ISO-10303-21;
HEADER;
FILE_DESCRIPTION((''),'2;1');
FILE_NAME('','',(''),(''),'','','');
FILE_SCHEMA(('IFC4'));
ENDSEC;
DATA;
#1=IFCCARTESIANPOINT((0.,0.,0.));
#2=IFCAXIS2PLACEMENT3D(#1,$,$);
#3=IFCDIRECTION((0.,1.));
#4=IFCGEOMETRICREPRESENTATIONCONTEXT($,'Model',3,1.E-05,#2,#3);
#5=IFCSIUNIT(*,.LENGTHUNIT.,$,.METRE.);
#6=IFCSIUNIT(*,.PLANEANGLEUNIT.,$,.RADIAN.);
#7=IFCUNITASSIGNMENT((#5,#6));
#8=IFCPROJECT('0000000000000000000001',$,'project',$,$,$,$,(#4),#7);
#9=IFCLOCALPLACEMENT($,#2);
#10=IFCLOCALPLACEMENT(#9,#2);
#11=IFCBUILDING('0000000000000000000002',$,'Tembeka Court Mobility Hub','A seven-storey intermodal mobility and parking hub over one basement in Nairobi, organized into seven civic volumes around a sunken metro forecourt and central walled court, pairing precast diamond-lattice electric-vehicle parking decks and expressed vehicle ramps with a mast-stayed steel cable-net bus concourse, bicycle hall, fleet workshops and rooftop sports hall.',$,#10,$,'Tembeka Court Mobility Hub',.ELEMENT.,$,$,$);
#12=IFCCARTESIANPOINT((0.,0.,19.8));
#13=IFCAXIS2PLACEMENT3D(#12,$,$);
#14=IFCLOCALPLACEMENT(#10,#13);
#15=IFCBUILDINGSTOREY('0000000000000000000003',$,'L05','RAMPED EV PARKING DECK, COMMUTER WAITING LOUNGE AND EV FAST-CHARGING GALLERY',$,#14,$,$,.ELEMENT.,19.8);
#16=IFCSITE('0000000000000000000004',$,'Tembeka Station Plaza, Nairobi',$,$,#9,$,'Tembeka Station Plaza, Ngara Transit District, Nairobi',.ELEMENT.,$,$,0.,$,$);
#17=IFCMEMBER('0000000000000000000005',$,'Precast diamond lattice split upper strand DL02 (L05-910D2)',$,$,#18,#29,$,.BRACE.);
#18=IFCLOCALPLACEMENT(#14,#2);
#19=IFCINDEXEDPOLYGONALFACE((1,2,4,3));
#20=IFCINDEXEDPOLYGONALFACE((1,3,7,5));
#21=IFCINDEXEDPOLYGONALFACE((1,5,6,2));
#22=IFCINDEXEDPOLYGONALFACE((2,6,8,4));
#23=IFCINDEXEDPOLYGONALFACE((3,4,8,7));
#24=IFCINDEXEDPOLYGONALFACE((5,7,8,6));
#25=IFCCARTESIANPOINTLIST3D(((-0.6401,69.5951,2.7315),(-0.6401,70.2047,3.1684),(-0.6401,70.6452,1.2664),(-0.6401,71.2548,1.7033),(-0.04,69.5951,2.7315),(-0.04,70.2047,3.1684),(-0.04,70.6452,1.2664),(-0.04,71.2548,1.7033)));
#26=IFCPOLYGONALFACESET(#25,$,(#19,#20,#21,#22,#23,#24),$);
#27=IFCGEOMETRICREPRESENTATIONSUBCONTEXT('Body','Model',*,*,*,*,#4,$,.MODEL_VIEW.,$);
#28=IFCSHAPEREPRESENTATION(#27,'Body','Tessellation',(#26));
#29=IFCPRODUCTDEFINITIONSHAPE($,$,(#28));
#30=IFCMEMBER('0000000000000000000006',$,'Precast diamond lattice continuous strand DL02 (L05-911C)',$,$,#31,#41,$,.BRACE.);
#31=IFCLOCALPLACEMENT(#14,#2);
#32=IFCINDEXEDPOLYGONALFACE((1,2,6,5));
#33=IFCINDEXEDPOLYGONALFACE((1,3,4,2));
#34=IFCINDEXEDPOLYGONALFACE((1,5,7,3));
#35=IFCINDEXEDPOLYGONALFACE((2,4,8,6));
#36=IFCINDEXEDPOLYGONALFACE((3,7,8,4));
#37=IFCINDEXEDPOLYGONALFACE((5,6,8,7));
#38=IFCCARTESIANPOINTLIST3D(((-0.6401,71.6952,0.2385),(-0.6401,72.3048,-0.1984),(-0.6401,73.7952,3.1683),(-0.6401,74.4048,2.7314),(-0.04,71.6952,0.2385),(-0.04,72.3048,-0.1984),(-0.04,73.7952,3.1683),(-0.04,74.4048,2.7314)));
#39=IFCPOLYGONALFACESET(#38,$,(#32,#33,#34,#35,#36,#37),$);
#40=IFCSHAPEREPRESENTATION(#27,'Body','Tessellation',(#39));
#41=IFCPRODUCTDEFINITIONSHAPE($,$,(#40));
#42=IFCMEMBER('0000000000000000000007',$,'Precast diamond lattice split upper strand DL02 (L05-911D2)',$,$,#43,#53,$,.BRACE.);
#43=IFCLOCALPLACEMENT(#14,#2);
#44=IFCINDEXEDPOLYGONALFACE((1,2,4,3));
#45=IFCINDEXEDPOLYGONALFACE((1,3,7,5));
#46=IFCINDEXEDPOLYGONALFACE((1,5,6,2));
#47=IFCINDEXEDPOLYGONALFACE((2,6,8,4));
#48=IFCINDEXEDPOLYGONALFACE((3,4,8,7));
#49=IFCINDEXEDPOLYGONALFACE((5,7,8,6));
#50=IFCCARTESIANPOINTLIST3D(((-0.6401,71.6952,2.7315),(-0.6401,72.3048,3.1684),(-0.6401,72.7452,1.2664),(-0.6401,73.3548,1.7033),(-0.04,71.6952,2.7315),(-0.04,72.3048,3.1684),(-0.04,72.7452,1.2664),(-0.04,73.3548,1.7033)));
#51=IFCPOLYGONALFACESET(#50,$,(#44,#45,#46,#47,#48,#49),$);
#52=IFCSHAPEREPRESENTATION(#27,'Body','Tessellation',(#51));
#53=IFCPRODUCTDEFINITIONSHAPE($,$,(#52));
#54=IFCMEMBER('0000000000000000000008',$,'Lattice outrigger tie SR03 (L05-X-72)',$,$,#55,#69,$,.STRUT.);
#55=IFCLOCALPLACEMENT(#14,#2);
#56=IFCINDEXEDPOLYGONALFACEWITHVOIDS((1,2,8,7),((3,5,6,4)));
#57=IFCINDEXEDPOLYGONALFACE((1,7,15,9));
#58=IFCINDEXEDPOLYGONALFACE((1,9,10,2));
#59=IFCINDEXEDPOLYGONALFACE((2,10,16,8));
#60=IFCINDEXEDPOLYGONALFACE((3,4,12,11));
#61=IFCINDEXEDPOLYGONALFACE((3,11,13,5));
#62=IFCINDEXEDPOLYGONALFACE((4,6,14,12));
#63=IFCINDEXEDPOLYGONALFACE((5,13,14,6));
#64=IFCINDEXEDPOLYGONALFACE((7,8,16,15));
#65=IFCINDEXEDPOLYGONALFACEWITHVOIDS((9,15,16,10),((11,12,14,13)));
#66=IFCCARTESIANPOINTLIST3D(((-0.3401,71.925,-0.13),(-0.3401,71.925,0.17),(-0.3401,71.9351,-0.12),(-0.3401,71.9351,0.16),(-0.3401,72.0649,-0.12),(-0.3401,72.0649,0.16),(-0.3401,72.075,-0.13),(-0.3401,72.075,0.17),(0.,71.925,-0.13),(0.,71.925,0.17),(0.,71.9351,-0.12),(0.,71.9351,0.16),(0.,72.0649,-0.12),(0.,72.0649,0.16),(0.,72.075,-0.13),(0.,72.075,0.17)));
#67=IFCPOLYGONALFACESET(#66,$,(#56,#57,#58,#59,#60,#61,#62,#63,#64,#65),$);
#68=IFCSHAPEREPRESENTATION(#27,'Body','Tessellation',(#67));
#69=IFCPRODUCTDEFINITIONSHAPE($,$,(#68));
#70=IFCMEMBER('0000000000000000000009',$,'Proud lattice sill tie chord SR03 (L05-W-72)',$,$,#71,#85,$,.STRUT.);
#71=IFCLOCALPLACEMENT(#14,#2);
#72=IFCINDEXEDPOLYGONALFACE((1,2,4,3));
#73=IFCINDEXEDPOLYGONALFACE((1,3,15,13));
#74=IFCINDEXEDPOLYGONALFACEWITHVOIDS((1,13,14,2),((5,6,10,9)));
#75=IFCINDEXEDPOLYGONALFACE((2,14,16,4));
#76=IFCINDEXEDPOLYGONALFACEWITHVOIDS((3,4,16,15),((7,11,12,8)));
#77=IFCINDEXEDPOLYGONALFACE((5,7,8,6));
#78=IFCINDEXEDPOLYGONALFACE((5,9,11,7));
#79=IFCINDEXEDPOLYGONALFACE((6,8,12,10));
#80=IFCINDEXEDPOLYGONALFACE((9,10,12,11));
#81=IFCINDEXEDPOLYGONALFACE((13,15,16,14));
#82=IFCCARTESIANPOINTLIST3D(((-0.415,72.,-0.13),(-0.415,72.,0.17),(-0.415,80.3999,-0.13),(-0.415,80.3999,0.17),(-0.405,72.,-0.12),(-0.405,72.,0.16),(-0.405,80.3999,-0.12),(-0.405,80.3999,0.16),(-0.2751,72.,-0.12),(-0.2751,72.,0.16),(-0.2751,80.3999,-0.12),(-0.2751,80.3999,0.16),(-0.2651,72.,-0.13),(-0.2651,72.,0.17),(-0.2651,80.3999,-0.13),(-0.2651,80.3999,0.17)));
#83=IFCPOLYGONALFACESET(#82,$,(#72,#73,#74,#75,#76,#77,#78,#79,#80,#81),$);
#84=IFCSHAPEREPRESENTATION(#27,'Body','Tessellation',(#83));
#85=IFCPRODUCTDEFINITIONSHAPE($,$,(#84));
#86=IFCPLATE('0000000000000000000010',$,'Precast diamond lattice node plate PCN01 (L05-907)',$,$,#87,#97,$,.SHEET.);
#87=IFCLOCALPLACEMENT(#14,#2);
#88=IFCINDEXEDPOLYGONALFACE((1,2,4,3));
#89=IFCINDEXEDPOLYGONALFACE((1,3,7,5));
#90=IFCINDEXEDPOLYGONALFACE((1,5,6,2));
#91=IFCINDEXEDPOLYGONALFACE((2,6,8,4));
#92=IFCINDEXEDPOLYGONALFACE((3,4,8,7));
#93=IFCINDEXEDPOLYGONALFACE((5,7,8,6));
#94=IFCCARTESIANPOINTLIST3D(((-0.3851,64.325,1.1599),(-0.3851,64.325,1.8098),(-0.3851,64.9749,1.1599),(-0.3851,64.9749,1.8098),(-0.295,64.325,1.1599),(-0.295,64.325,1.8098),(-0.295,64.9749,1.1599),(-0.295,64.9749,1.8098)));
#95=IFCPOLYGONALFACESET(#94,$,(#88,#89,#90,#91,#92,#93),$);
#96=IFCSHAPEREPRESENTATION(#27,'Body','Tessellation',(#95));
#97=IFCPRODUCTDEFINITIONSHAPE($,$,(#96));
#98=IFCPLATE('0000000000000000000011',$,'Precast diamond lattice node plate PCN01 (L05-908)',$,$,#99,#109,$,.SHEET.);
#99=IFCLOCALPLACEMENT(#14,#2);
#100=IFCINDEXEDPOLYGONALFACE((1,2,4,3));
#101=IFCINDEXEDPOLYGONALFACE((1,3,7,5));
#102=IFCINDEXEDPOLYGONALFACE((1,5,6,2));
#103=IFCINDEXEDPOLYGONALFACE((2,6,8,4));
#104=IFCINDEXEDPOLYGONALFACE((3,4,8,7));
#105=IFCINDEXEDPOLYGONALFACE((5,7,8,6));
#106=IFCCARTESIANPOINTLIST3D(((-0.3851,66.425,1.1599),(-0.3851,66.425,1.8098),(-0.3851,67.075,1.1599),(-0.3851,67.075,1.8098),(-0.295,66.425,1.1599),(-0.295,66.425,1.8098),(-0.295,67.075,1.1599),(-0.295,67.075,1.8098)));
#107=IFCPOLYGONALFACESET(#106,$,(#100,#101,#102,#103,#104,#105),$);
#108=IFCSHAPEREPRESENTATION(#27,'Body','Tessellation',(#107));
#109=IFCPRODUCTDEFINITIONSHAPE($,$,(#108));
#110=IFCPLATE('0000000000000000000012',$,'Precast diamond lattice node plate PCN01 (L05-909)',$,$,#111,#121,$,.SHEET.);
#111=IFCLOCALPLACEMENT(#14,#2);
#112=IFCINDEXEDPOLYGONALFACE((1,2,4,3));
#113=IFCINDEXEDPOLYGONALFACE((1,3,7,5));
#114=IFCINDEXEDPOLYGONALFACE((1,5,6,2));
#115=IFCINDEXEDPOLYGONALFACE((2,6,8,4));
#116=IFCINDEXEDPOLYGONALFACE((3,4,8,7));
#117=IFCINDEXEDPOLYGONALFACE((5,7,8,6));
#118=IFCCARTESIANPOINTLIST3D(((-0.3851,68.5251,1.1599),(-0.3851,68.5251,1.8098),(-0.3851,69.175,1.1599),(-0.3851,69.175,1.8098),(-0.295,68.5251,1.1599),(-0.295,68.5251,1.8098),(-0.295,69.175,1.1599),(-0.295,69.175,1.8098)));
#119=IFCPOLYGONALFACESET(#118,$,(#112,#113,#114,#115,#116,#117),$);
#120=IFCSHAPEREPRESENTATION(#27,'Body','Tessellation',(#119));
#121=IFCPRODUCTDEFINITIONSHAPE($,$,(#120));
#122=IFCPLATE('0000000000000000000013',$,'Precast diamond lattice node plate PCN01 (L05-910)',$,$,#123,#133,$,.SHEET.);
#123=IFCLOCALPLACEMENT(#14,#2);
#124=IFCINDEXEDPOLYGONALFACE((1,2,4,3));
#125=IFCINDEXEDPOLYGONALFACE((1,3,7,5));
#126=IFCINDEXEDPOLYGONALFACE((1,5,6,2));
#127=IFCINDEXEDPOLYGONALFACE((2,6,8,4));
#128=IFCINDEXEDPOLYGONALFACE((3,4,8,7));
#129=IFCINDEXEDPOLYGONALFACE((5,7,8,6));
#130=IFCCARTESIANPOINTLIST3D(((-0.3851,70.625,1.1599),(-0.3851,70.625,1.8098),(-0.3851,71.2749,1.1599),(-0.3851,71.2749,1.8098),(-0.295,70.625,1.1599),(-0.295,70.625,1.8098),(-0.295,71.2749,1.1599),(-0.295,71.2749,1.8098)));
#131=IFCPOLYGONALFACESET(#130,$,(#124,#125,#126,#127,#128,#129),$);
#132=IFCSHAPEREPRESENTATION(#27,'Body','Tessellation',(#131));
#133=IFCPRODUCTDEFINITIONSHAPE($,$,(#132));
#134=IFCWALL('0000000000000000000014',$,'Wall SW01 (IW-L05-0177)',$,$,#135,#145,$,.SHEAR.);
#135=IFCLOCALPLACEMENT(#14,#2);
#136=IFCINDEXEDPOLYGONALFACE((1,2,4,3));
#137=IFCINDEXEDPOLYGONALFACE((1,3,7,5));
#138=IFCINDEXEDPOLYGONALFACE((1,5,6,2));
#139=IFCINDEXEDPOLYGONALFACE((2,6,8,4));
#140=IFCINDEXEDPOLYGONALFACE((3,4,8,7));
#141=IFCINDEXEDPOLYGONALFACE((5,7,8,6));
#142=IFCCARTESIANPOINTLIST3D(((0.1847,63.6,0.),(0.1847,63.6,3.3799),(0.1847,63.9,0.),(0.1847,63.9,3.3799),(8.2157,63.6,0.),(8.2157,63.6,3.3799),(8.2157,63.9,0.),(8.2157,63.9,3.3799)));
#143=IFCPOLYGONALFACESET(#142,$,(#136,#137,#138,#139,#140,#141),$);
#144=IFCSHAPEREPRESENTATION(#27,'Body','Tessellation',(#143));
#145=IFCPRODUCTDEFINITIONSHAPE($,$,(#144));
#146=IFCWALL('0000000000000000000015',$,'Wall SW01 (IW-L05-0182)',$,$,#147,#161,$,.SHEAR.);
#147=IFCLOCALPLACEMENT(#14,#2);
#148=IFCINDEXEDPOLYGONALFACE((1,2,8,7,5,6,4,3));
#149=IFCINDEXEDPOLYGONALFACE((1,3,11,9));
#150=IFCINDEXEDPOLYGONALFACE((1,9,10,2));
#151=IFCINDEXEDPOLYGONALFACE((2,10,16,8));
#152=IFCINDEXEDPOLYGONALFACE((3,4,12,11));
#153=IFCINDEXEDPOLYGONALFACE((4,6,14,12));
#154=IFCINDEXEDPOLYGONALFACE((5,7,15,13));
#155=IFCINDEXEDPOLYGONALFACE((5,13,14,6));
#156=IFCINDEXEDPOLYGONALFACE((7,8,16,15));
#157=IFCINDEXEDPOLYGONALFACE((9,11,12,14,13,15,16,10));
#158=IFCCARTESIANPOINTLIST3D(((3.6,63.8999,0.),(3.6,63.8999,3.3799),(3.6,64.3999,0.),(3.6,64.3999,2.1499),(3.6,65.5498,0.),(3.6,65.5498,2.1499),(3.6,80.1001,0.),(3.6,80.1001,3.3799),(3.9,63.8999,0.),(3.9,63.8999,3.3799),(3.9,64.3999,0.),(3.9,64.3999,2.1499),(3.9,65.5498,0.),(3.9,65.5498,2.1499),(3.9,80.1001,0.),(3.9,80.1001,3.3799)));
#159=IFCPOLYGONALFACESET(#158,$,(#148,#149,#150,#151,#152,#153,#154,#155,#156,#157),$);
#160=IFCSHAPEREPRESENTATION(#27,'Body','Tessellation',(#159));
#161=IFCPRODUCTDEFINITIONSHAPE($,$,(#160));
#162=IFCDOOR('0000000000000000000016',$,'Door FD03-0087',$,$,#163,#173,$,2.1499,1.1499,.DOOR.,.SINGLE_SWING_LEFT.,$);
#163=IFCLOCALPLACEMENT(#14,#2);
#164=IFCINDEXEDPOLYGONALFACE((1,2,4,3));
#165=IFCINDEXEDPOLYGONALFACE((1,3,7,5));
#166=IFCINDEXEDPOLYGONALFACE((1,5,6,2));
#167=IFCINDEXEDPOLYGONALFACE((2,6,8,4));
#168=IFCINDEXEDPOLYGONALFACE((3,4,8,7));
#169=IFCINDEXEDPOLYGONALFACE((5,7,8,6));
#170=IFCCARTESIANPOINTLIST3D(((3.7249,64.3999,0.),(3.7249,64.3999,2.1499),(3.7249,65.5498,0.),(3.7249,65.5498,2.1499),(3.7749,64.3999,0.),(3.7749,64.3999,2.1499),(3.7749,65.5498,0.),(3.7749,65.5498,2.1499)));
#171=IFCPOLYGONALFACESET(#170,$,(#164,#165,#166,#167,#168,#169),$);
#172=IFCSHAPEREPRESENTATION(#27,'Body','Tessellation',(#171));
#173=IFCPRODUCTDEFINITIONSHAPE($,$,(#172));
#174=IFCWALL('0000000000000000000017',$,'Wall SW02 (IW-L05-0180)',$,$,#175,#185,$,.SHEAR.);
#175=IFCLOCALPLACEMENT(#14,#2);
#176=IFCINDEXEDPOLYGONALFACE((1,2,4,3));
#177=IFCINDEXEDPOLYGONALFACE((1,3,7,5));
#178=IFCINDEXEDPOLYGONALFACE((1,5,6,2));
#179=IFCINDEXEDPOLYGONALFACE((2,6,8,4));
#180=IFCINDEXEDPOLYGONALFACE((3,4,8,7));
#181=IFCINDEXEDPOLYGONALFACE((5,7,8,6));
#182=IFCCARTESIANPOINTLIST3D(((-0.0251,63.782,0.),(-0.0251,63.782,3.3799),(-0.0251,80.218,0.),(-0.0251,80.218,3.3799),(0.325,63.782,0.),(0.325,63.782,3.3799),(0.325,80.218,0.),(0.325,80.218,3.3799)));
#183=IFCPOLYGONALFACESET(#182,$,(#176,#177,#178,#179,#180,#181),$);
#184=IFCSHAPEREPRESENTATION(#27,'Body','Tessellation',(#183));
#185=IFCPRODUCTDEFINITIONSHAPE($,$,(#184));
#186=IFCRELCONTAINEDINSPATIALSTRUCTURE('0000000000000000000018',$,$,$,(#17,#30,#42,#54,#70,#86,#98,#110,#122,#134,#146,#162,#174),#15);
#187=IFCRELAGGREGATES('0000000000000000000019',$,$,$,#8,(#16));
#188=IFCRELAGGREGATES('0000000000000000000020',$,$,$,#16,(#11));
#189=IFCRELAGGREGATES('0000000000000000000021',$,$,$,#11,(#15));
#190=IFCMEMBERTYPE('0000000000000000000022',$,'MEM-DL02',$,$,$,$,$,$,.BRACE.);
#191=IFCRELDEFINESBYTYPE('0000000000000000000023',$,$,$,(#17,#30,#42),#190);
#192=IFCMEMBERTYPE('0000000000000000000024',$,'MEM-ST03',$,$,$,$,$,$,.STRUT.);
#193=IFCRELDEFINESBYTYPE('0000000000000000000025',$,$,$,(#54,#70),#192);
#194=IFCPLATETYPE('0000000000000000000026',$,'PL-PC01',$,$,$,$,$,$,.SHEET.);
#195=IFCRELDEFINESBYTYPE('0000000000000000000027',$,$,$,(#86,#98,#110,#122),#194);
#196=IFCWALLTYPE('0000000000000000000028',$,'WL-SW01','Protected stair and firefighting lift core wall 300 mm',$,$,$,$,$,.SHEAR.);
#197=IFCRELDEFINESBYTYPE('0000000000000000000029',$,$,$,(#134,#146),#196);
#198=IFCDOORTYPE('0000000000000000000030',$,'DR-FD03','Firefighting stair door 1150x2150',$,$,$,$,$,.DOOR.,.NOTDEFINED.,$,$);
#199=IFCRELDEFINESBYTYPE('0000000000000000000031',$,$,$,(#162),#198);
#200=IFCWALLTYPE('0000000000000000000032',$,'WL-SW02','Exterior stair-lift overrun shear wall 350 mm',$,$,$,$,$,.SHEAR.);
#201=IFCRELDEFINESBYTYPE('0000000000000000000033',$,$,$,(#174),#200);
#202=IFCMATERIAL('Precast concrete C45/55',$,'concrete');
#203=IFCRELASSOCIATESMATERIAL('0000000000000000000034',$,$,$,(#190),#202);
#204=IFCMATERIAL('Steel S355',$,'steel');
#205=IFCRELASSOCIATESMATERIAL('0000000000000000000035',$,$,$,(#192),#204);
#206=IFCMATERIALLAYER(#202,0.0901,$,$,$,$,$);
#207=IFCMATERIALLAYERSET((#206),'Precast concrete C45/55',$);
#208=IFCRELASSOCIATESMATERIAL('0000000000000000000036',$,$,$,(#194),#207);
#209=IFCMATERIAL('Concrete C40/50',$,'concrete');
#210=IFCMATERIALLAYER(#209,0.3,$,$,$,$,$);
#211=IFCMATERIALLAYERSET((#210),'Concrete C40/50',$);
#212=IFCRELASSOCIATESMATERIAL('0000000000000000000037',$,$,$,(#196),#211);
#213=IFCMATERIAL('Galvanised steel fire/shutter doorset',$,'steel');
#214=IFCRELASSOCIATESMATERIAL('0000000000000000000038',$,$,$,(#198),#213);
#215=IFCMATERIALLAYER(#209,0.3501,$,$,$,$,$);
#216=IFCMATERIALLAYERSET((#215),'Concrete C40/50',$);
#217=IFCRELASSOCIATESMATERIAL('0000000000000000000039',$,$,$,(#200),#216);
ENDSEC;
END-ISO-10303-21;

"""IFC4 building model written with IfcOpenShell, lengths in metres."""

from ifc_helpers import new_model, si_unit, direction, frame, frame_2d, origin, origin_2d, place, context, subcontext, project, spatial, rectangle, hollow_rectangle, extrude, material, layer, layer_set, material_profile, profile_set, type_object, element, fill, save


model = new_model("IFC4")

# Units and contexts
model_context = context("Model", 3, precision=1e-05, world=origin(), true_north=direction((0.0, 1.0)))
body_context = subcontext(model_context, "Body", "Model", "MODEL_VIEW")
ifc_project = project(units=[si_unit("LENGTHUNIT", "METRE"), si_unit("PLANEANGLEUNIT", "RADIAN")], contexts=[model_context])

# Site, building, storey
site_placement = place(None, origin())
site = spatial("IfcSite", under=ifc_project, at=site_placement, Name="Tembeka Station Plaza, Nairobi", LongName="Tembeka Station Plaza, Ngara Transit District, Nairobi", CompositionType="ELEMENT", RefElevation=0.0)
building_placement = place(site_placement, origin())
building = spatial("IfcBuilding", under=site, at=building_placement, Name="Tembeka Court Mobility Hub", Description="A seven-storey intermodal mobility and parking hub over one basement in Nairobi, organized into seven civic volumes around a sunken metro forecourt and central walled court, pairing precast diamond-lattice electric-vehicle parking decks and expressed vehicle ramps with a mast-stayed steel cable-net bus concourse, bicycle hall, fleet workshops and rooftop sports hall.", LongName="Tembeka Court Mobility Hub", CompositionType="ELEMENT")
storey_placement = place(building_placement, frame((0.0, 0.0, 19.8)))
storey = spatial("IfcBuildingStorey", under=building, at=storey_placement, Name="L05", Description="RAMPED EV PARKING DECK, COMMUTER WAITING LOUNGE AND EV FAST-CHARGING GALLERY", CompositionType="ELEMENT", Elevation=19.8)

# Shared definitions
ifc_material_1 = material(Name="Steel S355", Category="steel")

# Shared definitions
ifc_material_2 = material(Name="Precast concrete C45/55", Category="concrete")

# Members
ifc_material_profile_1 = material_profile(ifc_material_2, rectangle(XDim=0.6001, YDim=0.75, at=origin_2d()), Name="PC-DIAG 600x750")
ifc_profile_set_1 = profile_set([ifc_material_profile_1], Name="Precast concrete C45/55")
member_type_1 = type_object("IfcMemberType", Name="MEM-DL02", PredefinedType="BRACE", material=ifc_profile_set_1)
member_1_placement = place(storey_placement, frame((-0.3401, 70.95, 1.4849), z_axis=(0.0, -0.582544, 0.812799), x_axis=(1.0, 0.0, 0.0)))
element("IfcMember", 1, at=member_1_placement, inside=storey, type_object=member_type_1, Name="Precast diamond lattice split upper strand DL02 (L05-910D2)", PredefinedType="BRACE", context=body_context, shape_type="SweptSolid", body=[
    extrude(rectangle(XDim=0.6001, YDim=0.75, at=origin_2d()), origin(), (0.0, 0.0, 1.0), 1.8025),
])
member_2_placement = place(storey_placement, frame((-0.3401, 72.0, 0.02), z_axis=(0.0, 0.582576, 0.812776), x_axis=(-1.0, 0.0, 0.0)))
element("IfcMember", 2, at=member_2_placement, inside=storey, type_object=member_type_1, Name="Precast diamond lattice continuous strand DL02 (L05-911C)", PredefinedType="BRACE", context=body_context, shape_type="SweptSolid", body=[
    extrude(rectangle(XDim=0.6001, YDim=0.75, at=origin_2d()), origin(), (0.0, 0.0, 1.0), 3.6047),
])
member_3_placement = place(storey_placement, frame((-0.3401, 73.05, 1.4849), z_axis=(0.0, -0.582544, 0.812799), x_axis=(1.0, 0.0, 0.0)))
element("IfcMember", 3, at=member_3_placement, inside=storey, type_object=member_type_1, Name="Precast diamond lattice split upper strand DL02 (L05-911D2)", PredefinedType="BRACE", context=body_context, shape_type="SweptSolid", body=[
    extrude(rectangle(XDim=0.6001, YDim=0.75, at=origin_2d()), origin(), (0.0, 0.0, 1.0), 1.8025),
])
ifc_material_profile_2 = material_profile(ifc_material_1, hollow_rectangle(XDim=0.1499, YDim=0.3, WallThickness=0.01, at=origin_2d()), Name="RHS 300x150x10")
ifc_profile_set_2 = profile_set([ifc_material_profile_2], Name="Steel S355")
member_type_2 = type_object("IfcMemberType", Name="MEM-ST03", PredefinedType="STRUT", material=ifc_profile_set_2)
member_4_placement = place(storey_placement, frame((0.0, 72.0, 0.02), z_axis=(-1.0, 0.0, 0.0), x_axis=(0.0, -1.0, 0.0)))
element("IfcMember", 4, at=member_4_placement, inside=storey, type_object=member_type_2, Name="Lattice outrigger tie SR03 (L05-X-72)", PredefinedType="STRUT", context=body_context, shape_type="SweptSolid", body=[
    extrude(hollow_rectangle(XDim=0.1499, YDim=0.3, WallThickness=0.01, at=origin_2d()), origin(), (0.0, 0.0, 1.0), 0.3401),
])
member_5_placement = place(storey_placement, frame((-0.3401, 72.0, 0.02), z_axis=(0.0, 1.0, 0.0), x_axis=(-1.0, 0.0, 0.0)))
element("IfcMember", 5, at=member_5_placement, inside=storey, type_object=member_type_2, Name="Proud lattice sill tie chord SR03 (L05-W-72)", PredefinedType="STRUT", context=body_context, shape_type="SweptSolid", body=[
    extrude(hollow_rectangle(XDim=0.1499, YDim=0.3, WallThickness=0.01, at=origin_2d()), origin(), (0.0, 0.0, 1.0), 8.3999),
])

# Plates
ifc_layer_1 = layer(ifc_material_2, 0.0901)
ifc_layer_set_1 = layer_set([ifc_layer_1], Name="Precast concrete C45/55")
plate_type = type_object("IfcPlateType", Name="PL-PC01", PredefinedType="SHEET", material=ifc_layer_set_1)
for number, where, z_axis, x_axis, name in (
    (6, (-0.3401, 64.6499, 1.1599), (0.0, 0.0, 1.0), (1.0, 0.0, 0.0), "Precast diamond lattice node plate PCN01 (L05-907)"),
    (7, (-0.3401, 66.75, 1.1599), (0.0, 0.0, 1.0), (1.0, 0.0, 0.0), "Precast diamond lattice node plate PCN01 (L05-908)"),
    (8, (-0.3401, 68.8501, 1.1599), (0.0, 0.0, 1.0), (1.0, 0.0, 0.0), "Precast diamond lattice node plate PCN01 (L05-909)"),
    (9, (-0.3401, 70.95, 1.1599), (0.0, 0.0, 1.0), (1.0, 0.0, 0.0), "Precast diamond lattice node plate PCN01 (L05-910)"),
):
    element("IfcPlate", number, at=place(storey_placement, frame(where, z_axis=z_axis, x_axis=x_axis)), inside=storey, type_object=plate_type, Name=name, PredefinedType="SHEET", context=body_context, shape_type="SweptSolid", body=[
        extrude(rectangle(XDim=0.0901, YDim=0.6499, at=origin_2d()), origin(), (0.0, 0.0, 1.0), 0.6499),
    ])

# Wall
ifc_material_3 = material(Name="Concrete C40/50", Category="concrete")
ifc_layer_2 = layer(ifc_material_3, 0.3)
ifc_layer_set_2 = layer_set([ifc_layer_2], Name="Concrete C40/50")
wall_type_1 = type_object("IfcWallType", Name="WL-SW01", Description="Protected stair and firefighting lift core wall 300 mm", PredefinedType="SHEAR", material=ifc_layer_set_2)
wall_1_placement = place(storey_placement, frame((0.1846, 63.75, 0.0), z_axis=(0.0, 0.0, 1.0), x_axis=(1.0, 0.0, 0.0)))
element("IfcWall", 10, at=wall_1_placement, inside=storey, type_object=wall_type_1, Name="Wall SW01 (IW-L05-0177)", PredefinedType="SHEAR", context=body_context, shape_type="SweptSolid", body=[
    extrude(rectangle(XDim=8.031, YDim=0.3, at=frame_2d((4.0156, 0.0))), origin(), (0.0, 0.0, 1.0), 3.3799),
])

# Wall, opening, door
wall_2_placement = place(storey_placement, frame((3.75, 63.8999, 0.0), z_axis=(0.0, 0.0, 1.0), x_axis=(0.0, 1.0, 0.0)))
wall_2 = element("IfcWall", 11, at=wall_2_placement, inside=storey, type_object=wall_type_1, Name="Wall SW01 (IW-L05-0182)", PredefinedType="SHEAR", context=body_context, shape_type="SweptSolid", body=[
    extrude(rectangle(XDim=16.2002, YDim=0.3, at=frame_2d((8.1001, 0.0))), origin(), (0.0, 0.0, 1.0), 3.3799),
])
opening_placement = place(wall_2_placement, frame((0.5, 0.0, 0.0)))
opening = element("IfcOpeningElement", 12, at=opening_placement, cuts=wall_2, PredefinedType="OPENING", context=body_context, shape_type="SweptSolid", body=[
    extrude(rectangle(XDim=1.1499, YDim=2.1499, at=frame_2d((0.575, 1.075))), frame((0.0, 0.1602, 0.0), z_axis=(0.0, -1.0, 0.0), x_axis=(1.0, 0.0, 0.0)), (0.0, 0.0, 1.0), 0.3201),
])
ifc_material_4 = material(Name="Galvanised steel fire/shutter doorset", Category="steel")
door_type = type_object("IfcDoorType", Name="DR-FD03", Description="Firefighting stair door 1150x2150", OperationType="NOTDEFINED", PredefinedType="DOOR", material=ifc_material_4)
door_placement = place(opening_placement, frame((1.1499, 0.0, 0.0), z_axis=(0.0, 0.0, 1.0), x_axis=(-1.0, 0.0, 0.0)))
door = element("IfcDoor", 13, at=door_placement, inside=storey, type_object=door_type, Name="Door FD03-0087", OperationType="SINGLE_SWING_LEFT", OverallHeight=2.1499, OverallWidth=1.1499, PredefinedType="DOOR", context=body_context, shape_type="SweptSolid", body=[
    extrude(rectangle(XDim=1.1499, YDim=2.1499, at=frame_2d((0.575, 1.075))), frame((0.0, 0.0249, 0.0), z_axis=(0.0, -1.0, 0.0), x_axis=(1.0, 0.0, 0.0)), (0.0, 0.0, 1.0), 0.05),
])
fill(opening, door)

# Wall
ifc_layer_3 = layer(ifc_material_3, 0.3501)
ifc_layer_set_3 = layer_set([ifc_layer_3], Name="Concrete C40/50")
wall_type_2 = type_object("IfcWallType", Name="WL-SW02", Description="Exterior stair-lift overrun shear wall 350 mm", PredefinedType="SHEAR", material=ifc_layer_set_3)
wall_3_placement = place(storey_placement, frame((0.1499, 63.782, 0.0), z_axis=(0.0, 0.0, 1.0), x_axis=(0.0, 1.0, 0.0)))
element("IfcWall", 14, at=wall_3_placement, inside=storey, type_object=wall_type_2, Name="Wall SW02 (IW-L05-0180)", PredefinedType="SHEAR", context=body_context, shape_type="SweptSolid", body=[
    extrude(rectangle(XDim=16.436, YDim=0.3501, at=frame_2d((8.218, 0.0))), origin(), (0.0, 0.0, 1.0), 3.3799),
])

save(model, "model.ifc")
